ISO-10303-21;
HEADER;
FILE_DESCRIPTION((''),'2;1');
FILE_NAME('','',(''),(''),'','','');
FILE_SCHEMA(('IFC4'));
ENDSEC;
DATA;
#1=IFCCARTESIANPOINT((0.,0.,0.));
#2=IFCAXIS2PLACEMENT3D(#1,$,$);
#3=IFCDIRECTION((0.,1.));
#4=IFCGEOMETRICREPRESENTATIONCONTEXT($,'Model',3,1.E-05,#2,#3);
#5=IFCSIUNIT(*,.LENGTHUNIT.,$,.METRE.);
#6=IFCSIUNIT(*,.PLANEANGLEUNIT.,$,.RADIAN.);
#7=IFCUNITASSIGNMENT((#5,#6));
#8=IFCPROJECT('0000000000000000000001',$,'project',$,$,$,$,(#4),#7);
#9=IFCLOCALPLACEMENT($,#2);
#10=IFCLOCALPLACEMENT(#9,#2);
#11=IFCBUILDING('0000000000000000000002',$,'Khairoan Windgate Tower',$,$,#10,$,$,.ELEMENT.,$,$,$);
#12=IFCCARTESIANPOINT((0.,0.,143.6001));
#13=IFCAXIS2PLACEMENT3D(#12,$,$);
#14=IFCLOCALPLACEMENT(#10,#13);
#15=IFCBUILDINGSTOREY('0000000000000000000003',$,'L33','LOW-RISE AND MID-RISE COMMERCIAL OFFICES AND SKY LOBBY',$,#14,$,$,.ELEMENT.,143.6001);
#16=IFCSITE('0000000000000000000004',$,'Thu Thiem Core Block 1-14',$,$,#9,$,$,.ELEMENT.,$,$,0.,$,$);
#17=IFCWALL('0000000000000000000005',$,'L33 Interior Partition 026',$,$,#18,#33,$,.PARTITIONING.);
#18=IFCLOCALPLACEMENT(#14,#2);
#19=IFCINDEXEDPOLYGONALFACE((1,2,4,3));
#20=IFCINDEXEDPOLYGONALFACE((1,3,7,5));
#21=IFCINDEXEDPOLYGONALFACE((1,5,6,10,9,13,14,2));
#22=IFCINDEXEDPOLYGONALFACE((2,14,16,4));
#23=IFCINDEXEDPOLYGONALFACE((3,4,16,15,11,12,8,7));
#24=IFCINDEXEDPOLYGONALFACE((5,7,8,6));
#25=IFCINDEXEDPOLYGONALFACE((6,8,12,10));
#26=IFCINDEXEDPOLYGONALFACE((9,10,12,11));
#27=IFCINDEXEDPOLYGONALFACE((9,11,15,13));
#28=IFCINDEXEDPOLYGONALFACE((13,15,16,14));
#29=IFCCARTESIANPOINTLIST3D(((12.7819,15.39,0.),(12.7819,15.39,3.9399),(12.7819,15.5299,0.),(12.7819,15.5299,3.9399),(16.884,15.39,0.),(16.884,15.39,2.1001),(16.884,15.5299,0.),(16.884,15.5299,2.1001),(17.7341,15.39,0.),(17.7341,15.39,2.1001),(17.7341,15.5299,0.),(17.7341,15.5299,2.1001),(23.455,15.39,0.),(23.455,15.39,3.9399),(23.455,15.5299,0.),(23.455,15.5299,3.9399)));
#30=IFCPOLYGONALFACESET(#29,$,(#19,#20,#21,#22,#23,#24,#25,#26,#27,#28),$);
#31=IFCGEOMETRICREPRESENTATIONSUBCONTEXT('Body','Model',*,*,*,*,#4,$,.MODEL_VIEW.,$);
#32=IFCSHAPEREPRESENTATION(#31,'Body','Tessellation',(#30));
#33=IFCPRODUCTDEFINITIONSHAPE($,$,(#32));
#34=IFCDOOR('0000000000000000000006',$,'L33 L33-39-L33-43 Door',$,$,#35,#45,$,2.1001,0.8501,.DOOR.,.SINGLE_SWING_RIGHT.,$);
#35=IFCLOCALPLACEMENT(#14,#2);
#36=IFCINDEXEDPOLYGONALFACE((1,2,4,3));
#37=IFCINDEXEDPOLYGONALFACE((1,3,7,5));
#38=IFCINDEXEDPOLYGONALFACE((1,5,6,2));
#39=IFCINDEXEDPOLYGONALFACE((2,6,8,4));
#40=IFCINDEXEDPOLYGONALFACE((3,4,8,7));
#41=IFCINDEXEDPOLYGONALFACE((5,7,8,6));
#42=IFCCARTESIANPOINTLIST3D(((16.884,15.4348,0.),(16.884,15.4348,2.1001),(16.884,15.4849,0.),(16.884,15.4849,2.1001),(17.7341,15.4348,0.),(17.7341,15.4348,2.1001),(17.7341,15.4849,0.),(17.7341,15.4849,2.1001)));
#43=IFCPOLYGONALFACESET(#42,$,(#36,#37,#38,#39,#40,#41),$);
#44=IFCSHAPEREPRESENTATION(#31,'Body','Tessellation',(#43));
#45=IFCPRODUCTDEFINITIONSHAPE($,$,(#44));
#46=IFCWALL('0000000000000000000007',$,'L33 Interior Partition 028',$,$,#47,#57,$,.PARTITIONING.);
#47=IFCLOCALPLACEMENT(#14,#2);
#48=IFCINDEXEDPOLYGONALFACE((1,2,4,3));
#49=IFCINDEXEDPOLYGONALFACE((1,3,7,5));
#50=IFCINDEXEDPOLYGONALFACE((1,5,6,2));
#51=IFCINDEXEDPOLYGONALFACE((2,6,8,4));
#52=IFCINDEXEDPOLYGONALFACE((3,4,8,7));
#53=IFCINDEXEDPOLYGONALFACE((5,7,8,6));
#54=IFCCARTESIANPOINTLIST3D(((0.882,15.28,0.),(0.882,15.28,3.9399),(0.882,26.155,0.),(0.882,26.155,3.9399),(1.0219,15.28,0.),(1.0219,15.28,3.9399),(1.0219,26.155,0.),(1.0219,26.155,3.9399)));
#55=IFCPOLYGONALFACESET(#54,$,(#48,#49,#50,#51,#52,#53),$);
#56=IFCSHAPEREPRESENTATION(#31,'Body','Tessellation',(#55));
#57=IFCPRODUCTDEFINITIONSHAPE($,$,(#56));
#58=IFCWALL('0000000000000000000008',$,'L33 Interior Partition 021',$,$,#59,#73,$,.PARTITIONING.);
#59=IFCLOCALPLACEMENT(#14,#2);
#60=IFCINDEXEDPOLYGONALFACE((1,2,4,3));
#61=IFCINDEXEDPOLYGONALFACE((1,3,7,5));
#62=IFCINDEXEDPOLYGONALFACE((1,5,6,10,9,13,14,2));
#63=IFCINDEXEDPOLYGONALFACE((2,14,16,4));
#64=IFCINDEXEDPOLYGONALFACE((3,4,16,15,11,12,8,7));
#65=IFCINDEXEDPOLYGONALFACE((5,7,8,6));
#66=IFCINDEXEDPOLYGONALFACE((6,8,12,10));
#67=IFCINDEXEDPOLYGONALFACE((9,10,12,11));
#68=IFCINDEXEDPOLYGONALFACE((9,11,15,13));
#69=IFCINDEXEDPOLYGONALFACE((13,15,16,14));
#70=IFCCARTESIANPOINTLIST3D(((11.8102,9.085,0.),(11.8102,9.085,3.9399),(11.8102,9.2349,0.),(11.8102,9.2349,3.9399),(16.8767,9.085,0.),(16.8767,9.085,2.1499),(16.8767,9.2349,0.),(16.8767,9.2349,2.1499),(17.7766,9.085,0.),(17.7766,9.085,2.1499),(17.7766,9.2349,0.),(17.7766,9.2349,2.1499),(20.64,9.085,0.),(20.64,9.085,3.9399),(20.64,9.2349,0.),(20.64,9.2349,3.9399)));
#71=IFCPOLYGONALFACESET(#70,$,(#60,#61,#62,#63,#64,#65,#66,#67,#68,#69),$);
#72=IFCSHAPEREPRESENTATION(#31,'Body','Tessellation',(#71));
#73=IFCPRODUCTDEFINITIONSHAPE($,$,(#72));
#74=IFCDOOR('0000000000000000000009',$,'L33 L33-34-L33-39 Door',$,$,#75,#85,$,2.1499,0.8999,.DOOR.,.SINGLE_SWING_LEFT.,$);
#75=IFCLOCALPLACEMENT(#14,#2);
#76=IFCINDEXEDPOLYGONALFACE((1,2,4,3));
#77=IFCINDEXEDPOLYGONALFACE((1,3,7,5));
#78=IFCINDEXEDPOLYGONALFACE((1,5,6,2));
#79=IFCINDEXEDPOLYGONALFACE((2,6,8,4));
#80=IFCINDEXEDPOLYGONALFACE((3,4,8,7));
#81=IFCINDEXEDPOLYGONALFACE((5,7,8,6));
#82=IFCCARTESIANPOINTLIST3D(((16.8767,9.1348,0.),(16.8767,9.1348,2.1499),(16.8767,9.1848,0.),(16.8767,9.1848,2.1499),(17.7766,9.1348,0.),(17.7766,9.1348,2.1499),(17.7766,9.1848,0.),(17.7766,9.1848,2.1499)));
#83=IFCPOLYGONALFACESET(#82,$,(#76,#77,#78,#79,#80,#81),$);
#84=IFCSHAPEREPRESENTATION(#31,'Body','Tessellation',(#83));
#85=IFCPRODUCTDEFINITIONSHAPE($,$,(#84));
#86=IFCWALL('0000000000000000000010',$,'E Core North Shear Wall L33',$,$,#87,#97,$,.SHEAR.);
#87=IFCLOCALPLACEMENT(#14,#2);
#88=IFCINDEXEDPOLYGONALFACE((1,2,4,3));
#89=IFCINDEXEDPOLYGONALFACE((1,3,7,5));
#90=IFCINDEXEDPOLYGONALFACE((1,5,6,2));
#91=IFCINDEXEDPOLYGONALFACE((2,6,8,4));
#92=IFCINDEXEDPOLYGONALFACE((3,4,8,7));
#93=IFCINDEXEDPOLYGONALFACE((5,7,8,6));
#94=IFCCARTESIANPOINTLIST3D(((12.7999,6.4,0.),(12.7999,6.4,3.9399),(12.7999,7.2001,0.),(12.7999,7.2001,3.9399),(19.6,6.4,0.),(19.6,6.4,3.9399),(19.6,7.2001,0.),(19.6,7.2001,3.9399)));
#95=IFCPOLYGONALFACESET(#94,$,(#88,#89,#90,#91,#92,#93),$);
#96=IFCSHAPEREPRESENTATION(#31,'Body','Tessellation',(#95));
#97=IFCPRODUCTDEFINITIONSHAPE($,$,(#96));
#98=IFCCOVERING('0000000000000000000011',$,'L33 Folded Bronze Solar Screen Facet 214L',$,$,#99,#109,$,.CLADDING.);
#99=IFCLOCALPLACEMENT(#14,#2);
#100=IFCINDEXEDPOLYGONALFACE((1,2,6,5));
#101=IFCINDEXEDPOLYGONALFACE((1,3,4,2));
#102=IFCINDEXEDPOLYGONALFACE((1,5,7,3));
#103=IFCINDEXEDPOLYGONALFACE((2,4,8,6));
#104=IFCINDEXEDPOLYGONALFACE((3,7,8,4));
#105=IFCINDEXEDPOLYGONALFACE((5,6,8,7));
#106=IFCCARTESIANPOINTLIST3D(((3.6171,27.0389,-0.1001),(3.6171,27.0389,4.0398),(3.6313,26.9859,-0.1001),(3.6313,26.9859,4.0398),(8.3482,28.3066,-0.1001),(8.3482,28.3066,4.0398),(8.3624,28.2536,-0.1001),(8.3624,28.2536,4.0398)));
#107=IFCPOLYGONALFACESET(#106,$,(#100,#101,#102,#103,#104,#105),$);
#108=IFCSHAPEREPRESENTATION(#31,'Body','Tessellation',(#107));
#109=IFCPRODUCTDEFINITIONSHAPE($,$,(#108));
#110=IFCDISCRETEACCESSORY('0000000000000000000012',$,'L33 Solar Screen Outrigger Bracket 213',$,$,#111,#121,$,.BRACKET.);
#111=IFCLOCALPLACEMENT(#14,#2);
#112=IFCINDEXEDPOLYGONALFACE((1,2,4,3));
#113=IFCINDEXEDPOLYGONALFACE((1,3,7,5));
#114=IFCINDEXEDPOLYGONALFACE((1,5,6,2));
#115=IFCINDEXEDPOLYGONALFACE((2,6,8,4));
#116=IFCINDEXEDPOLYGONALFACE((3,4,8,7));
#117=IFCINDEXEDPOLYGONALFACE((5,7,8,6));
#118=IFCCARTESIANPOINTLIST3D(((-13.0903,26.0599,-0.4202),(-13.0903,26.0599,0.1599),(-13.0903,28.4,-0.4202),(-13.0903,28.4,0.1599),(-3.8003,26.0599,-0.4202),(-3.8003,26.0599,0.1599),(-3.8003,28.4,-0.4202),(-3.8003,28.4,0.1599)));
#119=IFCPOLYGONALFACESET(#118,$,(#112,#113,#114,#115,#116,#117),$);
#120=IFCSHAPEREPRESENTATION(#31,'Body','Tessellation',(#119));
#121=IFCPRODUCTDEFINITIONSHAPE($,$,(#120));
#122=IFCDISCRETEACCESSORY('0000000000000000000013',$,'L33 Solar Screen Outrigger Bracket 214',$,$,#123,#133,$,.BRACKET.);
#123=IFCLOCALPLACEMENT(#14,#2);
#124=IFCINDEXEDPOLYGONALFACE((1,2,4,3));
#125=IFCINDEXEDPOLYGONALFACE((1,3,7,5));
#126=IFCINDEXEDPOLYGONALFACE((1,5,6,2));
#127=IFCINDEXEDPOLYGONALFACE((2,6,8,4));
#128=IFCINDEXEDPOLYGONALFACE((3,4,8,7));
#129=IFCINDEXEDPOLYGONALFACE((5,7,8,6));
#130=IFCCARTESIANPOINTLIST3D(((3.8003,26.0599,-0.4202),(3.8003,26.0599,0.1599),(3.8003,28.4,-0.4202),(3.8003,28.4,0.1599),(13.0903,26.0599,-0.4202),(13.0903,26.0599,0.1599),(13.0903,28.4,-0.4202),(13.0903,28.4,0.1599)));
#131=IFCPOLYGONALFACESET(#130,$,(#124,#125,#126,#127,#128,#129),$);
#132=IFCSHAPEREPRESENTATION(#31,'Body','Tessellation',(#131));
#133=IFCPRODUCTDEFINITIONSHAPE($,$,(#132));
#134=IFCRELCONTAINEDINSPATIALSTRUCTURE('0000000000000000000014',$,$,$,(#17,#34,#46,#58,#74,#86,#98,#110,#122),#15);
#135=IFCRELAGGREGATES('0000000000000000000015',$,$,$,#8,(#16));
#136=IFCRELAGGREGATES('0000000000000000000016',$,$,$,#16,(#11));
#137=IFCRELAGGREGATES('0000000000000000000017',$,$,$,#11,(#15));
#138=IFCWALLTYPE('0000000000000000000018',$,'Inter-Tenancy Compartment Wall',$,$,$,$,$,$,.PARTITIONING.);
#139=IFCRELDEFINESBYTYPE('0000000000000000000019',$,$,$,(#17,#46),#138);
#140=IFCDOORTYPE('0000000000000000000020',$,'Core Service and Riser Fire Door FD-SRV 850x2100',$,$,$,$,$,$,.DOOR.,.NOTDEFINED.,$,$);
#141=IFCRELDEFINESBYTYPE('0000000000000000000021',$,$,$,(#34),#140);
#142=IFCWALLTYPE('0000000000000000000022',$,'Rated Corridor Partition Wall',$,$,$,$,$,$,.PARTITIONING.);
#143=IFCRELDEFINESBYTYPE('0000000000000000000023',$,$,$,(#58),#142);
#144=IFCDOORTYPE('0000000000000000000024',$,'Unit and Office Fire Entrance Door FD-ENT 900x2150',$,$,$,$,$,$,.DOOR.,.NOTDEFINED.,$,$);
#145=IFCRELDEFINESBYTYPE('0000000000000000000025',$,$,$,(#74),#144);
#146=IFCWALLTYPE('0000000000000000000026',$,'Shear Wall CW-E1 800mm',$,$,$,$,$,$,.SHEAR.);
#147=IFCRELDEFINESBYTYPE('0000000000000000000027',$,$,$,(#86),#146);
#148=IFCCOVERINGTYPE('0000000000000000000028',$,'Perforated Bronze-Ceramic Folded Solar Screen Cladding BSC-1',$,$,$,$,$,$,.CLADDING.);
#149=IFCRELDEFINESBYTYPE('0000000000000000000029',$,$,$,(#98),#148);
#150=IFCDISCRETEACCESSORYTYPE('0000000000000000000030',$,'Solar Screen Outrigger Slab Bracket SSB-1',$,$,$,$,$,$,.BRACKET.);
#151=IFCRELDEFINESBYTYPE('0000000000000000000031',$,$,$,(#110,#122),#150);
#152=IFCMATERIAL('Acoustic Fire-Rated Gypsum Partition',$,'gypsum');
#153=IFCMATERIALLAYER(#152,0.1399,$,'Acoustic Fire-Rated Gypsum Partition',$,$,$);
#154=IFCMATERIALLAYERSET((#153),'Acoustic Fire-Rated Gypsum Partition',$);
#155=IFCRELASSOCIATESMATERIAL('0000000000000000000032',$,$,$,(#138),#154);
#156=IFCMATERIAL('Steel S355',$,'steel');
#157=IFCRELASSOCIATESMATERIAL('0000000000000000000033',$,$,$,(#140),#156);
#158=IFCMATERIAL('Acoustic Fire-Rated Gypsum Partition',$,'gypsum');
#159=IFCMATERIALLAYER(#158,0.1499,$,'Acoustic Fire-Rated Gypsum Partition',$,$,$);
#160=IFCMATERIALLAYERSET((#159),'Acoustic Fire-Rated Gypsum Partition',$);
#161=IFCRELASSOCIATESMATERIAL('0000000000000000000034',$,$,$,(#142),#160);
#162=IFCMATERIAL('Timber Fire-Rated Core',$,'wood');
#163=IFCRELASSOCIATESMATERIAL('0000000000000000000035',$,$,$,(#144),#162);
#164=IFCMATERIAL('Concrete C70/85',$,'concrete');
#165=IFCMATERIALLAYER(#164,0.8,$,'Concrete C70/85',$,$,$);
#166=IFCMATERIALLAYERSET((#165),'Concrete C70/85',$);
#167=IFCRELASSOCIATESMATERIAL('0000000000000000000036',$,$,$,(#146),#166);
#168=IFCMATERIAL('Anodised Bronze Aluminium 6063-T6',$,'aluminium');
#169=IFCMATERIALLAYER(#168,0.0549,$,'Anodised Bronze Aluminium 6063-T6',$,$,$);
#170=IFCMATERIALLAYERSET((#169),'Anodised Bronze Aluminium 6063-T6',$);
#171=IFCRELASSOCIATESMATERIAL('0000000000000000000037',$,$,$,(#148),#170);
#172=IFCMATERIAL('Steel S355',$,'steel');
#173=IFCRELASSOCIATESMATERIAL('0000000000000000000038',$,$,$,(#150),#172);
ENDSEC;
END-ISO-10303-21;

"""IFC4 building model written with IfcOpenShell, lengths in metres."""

from ifc_helpers import new_model, si_unit, direction, frame, frame_2d, origin, origin_2d, place, context, subcontext, project, spatial, rectangle, extrude, material, layer, layer_set, type_object, element, fill, save


model = new_model("IFC4")

# Units and contexts
model_context = context("Model", 3, precision=1e-05, world=origin(), true_north=direction((0.0, 1.0)))
body_context = subcontext(model_context, "Body", "Model", "MODEL_VIEW")
ifc_project = project(units=[si_unit("LENGTHUNIT", "METRE"), si_unit("PLANEANGLEUNIT", "RADIAN")], contexts=[model_context])

# Site, building, storey
site_placement = place(None, origin())
site = spatial("IfcSite", under=ifc_project, at=site_placement, Name="Thu Thiem Core Block 1-14", CompositionType="ELEMENT", RefElevation=0.0)
building_placement = place(site_placement, origin())
building = spatial("IfcBuilding", under=site, at=building_placement, Name="Khairoan Windgate Tower", CompositionType="ELEMENT")
storey_placement = place(building_placement, frame((0.0, 0.0, 143.6001)))
storey = spatial("IfcBuildingStorey", under=building, at=storey_placement, Name="L33", Description="LOW-RISE AND MID-RISE COMMERCIAL OFFICES AND SKY LOBBY", CompositionType="ELEMENT", Elevation=143.6001)

# Wall, opening, door
ifc_material_1 = material(Name="Acoustic Fire-Rated Gypsum Partition", Category="gypsum")
ifc_layer_1 = layer(ifc_material_1, 0.1399, Name="Acoustic Fire-Rated Gypsum Partition")
ifc_layer_set_1 = layer_set([ifc_layer_1], Name="Acoustic Fire-Rated Gypsum Partition")
wall_type_1 = type_object("IfcWallType", Name="Inter-Tenancy Compartment Wall", PredefinedType="PARTITIONING", material=ifc_layer_set_1)
wall_1_placement = place(storey_placement, frame((12.782, 15.46, 0.0), z_axis=(0.0, 0.0, 1.0), x_axis=(1.0, 0.0, 0.0)))
wall_1 = element("IfcWall", 1, at=wall_1_placement, inside=storey, type_object=wall_type_1, Name="L33 Interior Partition 026", PredefinedType="PARTITIONING", context=body_context, shape_type="SweptSolid", body=[
    extrude(rectangle(XDim=10.6731, YDim=0.1399, at=frame_2d((5.3364, 0.0))), origin(), (0.0, 0.0, 1.0), 3.9399),
])
opening_1_placement = place(wall_1_placement, frame((4.1021, 0.0, 0.0)))
opening_1 = element("IfcOpeningElement", 2, at=opening_1_placement, cuts=wall_1, PredefinedType="OPENING", context=body_context, shape_type="SweptSolid", body=[
    extrude(rectangle(XDim=0.8501, YDim=2.1001, at=frame_2d((0.425, 1.05))), frame((0.0, 0.0798, 0.0), z_axis=(0.0, -1.0, 0.0), x_axis=(1.0, 0.0, 0.0)), (0.0, 0.0, 1.0), 0.1599),
])
ifc_material_2 = material(Name="Steel S355", Category="steel")
door_type_1 = type_object("IfcDoorType", Name="Core Service and Riser Fire Door FD-SRV 850x2100", OperationType="NOTDEFINED", PredefinedType="DOOR", material=ifc_material_2)
door_1_placement = place(opening_1_placement, origin())
door_1 = element("IfcDoor", 3, at=door_1_placement, inside=storey, type_object=door_type_1, Name="L33 L33-39-L33-43 Door", OperationType="SINGLE_SWING_RIGHT", OverallHeight=2.1001, OverallWidth=0.8501, PredefinedType="DOOR", context=body_context, shape_type="SweptSolid", body=[
    extrude(rectangle(XDim=0.8501, YDim=2.1001, at=frame_2d((0.425, 1.05))), frame((0.0, 0.0249, 0.0), z_axis=(0.0, -1.0, 0.0), x_axis=(1.0, 0.0, 0.0)), (0.0, 0.0, 1.0), 0.05),
])
fill(opening_1, door_1)

# Wall
wall_2_placement = place(storey_placement, frame((0.9519, 15.28, 0.0), z_axis=(0.0, 0.0, 1.0), x_axis=(0.0, 1.0, 0.0)))
element("IfcWall", 4, at=wall_2_placement, inside=storey, type_object=wall_type_1, Name="L33 Interior Partition 028", PredefinedType="PARTITIONING", context=body_context, shape_type="SweptSolid", body=[
    extrude(rectangle(XDim=10.875, YDim=0.1399, at=frame_2d((5.4375, 0.0))), origin(), (0.0, 0.0, 1.0), 3.9399),
])

# Wall, opening, door
ifc_material_3 = material(Name="Acoustic Fire-Rated Gypsum Partition", Category="gypsum")
ifc_layer_2 = layer(ifc_material_3, 0.1499, Name="Acoustic Fire-Rated Gypsum Partition")
ifc_layer_set_2 = layer_set([ifc_layer_2], Name="Acoustic Fire-Rated Gypsum Partition")
wall_type_2 = type_object("IfcWallType", Name="Rated Corridor Partition Wall", PredefinedType="PARTITIONING", material=ifc_layer_set_2)
wall_3_placement = place(storey_placement, frame((11.8101, 9.1599, 0.0), z_axis=(0.0, 0.0, 1.0), x_axis=(1.0, 0.0, 0.0)))
wall_3 = element("IfcWall", 5, at=wall_3_placement, inside=storey, type_object=wall_type_2, Name="L33 Interior Partition 021", PredefinedType="PARTITIONING", context=body_context, shape_type="SweptSolid", body=[
    extrude(rectangle(XDim=8.8298, YDim=0.1499, at=frame_2d((4.415, 0.0))), origin(), (0.0, 0.0, 1.0), 3.9399),
])
opening_2_placement = place(wall_3_placement, frame((5.0667, 0.0, 0.0)))
opening_2 = element("IfcOpeningElement", 6, at=opening_2_placement, cuts=wall_3, PredefinedType="OPENING", context=body_context, shape_type="SweptSolid", body=[
    extrude(rectangle(XDim=0.8999, YDim=2.1499, at=frame_2d((0.45, 1.075))), frame((0.0, 0.085, 0.0), z_axis=(0.0, -1.0, 0.0), x_axis=(1.0, 0.0, 0.0)), (0.0, 0.0, 1.0), 0.1699),
])
ifc_material_4 = material(Name="Timber Fire-Rated Core", Category="wood")
door_type_2 = type_object("IfcDoorType", Name="Unit and Office Fire Entrance Door FD-ENT 900x2150", OperationType="NOTDEFINED", PredefinedType="DOOR", material=ifc_material_4)
door_2_placement = place(opening_2_placement, origin())
door_2 = element("IfcDoor", 7, at=door_2_placement, inside=storey, type_object=door_type_2, Name="L33 L33-34-L33-39 Door", OperationType="SINGLE_SWING_LEFT", OverallHeight=2.1499, OverallWidth=0.8999, PredefinedType="DOOR", context=body_context, shape_type="SweptSolid", body=[
    extrude(rectangle(XDim=0.8999, YDim=2.1499, at=frame_2d((0.45, 1.075))), frame((0.0, 0.0249, 0.0), z_axis=(0.0, -1.0, 0.0), x_axis=(1.0, 0.0, 0.0)), (0.0, 0.0, 1.0), 0.05),
])
fill(opening_2, door_2)

# Wall
ifc_material_5 = material(Name="Concrete C70/85", Category="concrete")
ifc_layer_3 = layer(ifc_material_5, 0.8, Name="Concrete C70/85")
ifc_layer_set_3 = layer_set([ifc_layer_3], Name="Concrete C70/85")
wall_type_3 = type_object("IfcWallType", Name="Shear Wall CW-E1 800mm", PredefinedType="SHEAR", material=ifc_layer_set_3)
wall_4_placement = place(storey_placement, frame((12.8, 6.8, 0.0), z_axis=(0.0, 0.0, 1.0), x_axis=(1.0, 0.0, 0.0)))
element("IfcWall", 8, at=wall_4_placement, inside=storey, type_object=wall_type_3, Name="E Core North Shear Wall L33", PredefinedType="SHEAR", context=body_context, shape_type="SweptSolid", body=[
    extrude(rectangle(XDim=6.8, YDim=0.8, at=frame_2d((3.3999, 0.0))), origin(), (0.0, 0.0, 1.0), 3.9399),
])

# Covering
ifc_material_6 = material(Name="Anodised Bronze Aluminium 6063-T6", Category="aluminium")
ifc_layer_4 = layer(ifc_material_6, 0.0549, Name="Anodised Bronze Aluminium 6063-T6")
ifc_layer_set_4 = layer_set([ifc_layer_4], Name="Anodised Bronze Aluminium 6063-T6")
covering_type = type_object("IfcCoveringType", Name="Perforated Bronze-Ceramic Folded Solar Screen Cladding BSC-1", PredefinedType="CLADDING", material=ifc_layer_set_4)
covering_placement = place(storey_placement, frame((5.9897, 27.6462, -0.1001), z_axis=(0.0, 0.0, 1.0), x_axis=(0.965926, 0.258819, 0.0)))
element("IfcCovering", 9, at=covering_placement, inside=storey, type_object=covering_type, Name="L33 Folded Bronze Solar Screen Facet 214L", PredefinedType="CLADDING", context=body_context, shape_type="SweptSolid", body=[
    extrude(rectangle(XDim=4.8979, YDim=0.0549, at=origin_2d()), origin(), (0.0, 0.0, 1.0), 4.1399),
])

# Discrete accessories
ifc_material_7 = material(Name="Steel S355", Category="steel")
discrete_accessory_type = type_object("IfcDiscreteAccessoryType", Name="Solar Screen Outrigger Slab Bracket SSB-1", PredefinedType="BRACKET", material=ifc_material_7)
for number, where, z_axis, x_axis, name in (
    (10, (-8.4453, 27.23, -0.4202), (0.0, 0.0, 1.0), (1.0, 0.0, 0.0), "L33 Solar Screen Outrigger Bracket 213"),
    (11, (8.4453, 27.23, -0.4202), (0.0, 0.0, 1.0), (1.0, 0.0, 0.0), "L33 Solar Screen Outrigger Bracket 214"),
):
    element("IfcDiscreteAccessory", number, at=place(storey_placement, frame(where, z_axis=z_axis, x_axis=x_axis)), inside=storey, type_object=discrete_accessory_type, Name=name, PredefinedType="BRACKET", context=body_context, shape_type="SweptSolid", body=[
        extrude(rectangle(XDim=9.29, YDim=2.3401, at=origin_2d()), origin(), (0.0, 0.0, 1.0), 0.5801),
    ])

save(model, "model.ifc")
